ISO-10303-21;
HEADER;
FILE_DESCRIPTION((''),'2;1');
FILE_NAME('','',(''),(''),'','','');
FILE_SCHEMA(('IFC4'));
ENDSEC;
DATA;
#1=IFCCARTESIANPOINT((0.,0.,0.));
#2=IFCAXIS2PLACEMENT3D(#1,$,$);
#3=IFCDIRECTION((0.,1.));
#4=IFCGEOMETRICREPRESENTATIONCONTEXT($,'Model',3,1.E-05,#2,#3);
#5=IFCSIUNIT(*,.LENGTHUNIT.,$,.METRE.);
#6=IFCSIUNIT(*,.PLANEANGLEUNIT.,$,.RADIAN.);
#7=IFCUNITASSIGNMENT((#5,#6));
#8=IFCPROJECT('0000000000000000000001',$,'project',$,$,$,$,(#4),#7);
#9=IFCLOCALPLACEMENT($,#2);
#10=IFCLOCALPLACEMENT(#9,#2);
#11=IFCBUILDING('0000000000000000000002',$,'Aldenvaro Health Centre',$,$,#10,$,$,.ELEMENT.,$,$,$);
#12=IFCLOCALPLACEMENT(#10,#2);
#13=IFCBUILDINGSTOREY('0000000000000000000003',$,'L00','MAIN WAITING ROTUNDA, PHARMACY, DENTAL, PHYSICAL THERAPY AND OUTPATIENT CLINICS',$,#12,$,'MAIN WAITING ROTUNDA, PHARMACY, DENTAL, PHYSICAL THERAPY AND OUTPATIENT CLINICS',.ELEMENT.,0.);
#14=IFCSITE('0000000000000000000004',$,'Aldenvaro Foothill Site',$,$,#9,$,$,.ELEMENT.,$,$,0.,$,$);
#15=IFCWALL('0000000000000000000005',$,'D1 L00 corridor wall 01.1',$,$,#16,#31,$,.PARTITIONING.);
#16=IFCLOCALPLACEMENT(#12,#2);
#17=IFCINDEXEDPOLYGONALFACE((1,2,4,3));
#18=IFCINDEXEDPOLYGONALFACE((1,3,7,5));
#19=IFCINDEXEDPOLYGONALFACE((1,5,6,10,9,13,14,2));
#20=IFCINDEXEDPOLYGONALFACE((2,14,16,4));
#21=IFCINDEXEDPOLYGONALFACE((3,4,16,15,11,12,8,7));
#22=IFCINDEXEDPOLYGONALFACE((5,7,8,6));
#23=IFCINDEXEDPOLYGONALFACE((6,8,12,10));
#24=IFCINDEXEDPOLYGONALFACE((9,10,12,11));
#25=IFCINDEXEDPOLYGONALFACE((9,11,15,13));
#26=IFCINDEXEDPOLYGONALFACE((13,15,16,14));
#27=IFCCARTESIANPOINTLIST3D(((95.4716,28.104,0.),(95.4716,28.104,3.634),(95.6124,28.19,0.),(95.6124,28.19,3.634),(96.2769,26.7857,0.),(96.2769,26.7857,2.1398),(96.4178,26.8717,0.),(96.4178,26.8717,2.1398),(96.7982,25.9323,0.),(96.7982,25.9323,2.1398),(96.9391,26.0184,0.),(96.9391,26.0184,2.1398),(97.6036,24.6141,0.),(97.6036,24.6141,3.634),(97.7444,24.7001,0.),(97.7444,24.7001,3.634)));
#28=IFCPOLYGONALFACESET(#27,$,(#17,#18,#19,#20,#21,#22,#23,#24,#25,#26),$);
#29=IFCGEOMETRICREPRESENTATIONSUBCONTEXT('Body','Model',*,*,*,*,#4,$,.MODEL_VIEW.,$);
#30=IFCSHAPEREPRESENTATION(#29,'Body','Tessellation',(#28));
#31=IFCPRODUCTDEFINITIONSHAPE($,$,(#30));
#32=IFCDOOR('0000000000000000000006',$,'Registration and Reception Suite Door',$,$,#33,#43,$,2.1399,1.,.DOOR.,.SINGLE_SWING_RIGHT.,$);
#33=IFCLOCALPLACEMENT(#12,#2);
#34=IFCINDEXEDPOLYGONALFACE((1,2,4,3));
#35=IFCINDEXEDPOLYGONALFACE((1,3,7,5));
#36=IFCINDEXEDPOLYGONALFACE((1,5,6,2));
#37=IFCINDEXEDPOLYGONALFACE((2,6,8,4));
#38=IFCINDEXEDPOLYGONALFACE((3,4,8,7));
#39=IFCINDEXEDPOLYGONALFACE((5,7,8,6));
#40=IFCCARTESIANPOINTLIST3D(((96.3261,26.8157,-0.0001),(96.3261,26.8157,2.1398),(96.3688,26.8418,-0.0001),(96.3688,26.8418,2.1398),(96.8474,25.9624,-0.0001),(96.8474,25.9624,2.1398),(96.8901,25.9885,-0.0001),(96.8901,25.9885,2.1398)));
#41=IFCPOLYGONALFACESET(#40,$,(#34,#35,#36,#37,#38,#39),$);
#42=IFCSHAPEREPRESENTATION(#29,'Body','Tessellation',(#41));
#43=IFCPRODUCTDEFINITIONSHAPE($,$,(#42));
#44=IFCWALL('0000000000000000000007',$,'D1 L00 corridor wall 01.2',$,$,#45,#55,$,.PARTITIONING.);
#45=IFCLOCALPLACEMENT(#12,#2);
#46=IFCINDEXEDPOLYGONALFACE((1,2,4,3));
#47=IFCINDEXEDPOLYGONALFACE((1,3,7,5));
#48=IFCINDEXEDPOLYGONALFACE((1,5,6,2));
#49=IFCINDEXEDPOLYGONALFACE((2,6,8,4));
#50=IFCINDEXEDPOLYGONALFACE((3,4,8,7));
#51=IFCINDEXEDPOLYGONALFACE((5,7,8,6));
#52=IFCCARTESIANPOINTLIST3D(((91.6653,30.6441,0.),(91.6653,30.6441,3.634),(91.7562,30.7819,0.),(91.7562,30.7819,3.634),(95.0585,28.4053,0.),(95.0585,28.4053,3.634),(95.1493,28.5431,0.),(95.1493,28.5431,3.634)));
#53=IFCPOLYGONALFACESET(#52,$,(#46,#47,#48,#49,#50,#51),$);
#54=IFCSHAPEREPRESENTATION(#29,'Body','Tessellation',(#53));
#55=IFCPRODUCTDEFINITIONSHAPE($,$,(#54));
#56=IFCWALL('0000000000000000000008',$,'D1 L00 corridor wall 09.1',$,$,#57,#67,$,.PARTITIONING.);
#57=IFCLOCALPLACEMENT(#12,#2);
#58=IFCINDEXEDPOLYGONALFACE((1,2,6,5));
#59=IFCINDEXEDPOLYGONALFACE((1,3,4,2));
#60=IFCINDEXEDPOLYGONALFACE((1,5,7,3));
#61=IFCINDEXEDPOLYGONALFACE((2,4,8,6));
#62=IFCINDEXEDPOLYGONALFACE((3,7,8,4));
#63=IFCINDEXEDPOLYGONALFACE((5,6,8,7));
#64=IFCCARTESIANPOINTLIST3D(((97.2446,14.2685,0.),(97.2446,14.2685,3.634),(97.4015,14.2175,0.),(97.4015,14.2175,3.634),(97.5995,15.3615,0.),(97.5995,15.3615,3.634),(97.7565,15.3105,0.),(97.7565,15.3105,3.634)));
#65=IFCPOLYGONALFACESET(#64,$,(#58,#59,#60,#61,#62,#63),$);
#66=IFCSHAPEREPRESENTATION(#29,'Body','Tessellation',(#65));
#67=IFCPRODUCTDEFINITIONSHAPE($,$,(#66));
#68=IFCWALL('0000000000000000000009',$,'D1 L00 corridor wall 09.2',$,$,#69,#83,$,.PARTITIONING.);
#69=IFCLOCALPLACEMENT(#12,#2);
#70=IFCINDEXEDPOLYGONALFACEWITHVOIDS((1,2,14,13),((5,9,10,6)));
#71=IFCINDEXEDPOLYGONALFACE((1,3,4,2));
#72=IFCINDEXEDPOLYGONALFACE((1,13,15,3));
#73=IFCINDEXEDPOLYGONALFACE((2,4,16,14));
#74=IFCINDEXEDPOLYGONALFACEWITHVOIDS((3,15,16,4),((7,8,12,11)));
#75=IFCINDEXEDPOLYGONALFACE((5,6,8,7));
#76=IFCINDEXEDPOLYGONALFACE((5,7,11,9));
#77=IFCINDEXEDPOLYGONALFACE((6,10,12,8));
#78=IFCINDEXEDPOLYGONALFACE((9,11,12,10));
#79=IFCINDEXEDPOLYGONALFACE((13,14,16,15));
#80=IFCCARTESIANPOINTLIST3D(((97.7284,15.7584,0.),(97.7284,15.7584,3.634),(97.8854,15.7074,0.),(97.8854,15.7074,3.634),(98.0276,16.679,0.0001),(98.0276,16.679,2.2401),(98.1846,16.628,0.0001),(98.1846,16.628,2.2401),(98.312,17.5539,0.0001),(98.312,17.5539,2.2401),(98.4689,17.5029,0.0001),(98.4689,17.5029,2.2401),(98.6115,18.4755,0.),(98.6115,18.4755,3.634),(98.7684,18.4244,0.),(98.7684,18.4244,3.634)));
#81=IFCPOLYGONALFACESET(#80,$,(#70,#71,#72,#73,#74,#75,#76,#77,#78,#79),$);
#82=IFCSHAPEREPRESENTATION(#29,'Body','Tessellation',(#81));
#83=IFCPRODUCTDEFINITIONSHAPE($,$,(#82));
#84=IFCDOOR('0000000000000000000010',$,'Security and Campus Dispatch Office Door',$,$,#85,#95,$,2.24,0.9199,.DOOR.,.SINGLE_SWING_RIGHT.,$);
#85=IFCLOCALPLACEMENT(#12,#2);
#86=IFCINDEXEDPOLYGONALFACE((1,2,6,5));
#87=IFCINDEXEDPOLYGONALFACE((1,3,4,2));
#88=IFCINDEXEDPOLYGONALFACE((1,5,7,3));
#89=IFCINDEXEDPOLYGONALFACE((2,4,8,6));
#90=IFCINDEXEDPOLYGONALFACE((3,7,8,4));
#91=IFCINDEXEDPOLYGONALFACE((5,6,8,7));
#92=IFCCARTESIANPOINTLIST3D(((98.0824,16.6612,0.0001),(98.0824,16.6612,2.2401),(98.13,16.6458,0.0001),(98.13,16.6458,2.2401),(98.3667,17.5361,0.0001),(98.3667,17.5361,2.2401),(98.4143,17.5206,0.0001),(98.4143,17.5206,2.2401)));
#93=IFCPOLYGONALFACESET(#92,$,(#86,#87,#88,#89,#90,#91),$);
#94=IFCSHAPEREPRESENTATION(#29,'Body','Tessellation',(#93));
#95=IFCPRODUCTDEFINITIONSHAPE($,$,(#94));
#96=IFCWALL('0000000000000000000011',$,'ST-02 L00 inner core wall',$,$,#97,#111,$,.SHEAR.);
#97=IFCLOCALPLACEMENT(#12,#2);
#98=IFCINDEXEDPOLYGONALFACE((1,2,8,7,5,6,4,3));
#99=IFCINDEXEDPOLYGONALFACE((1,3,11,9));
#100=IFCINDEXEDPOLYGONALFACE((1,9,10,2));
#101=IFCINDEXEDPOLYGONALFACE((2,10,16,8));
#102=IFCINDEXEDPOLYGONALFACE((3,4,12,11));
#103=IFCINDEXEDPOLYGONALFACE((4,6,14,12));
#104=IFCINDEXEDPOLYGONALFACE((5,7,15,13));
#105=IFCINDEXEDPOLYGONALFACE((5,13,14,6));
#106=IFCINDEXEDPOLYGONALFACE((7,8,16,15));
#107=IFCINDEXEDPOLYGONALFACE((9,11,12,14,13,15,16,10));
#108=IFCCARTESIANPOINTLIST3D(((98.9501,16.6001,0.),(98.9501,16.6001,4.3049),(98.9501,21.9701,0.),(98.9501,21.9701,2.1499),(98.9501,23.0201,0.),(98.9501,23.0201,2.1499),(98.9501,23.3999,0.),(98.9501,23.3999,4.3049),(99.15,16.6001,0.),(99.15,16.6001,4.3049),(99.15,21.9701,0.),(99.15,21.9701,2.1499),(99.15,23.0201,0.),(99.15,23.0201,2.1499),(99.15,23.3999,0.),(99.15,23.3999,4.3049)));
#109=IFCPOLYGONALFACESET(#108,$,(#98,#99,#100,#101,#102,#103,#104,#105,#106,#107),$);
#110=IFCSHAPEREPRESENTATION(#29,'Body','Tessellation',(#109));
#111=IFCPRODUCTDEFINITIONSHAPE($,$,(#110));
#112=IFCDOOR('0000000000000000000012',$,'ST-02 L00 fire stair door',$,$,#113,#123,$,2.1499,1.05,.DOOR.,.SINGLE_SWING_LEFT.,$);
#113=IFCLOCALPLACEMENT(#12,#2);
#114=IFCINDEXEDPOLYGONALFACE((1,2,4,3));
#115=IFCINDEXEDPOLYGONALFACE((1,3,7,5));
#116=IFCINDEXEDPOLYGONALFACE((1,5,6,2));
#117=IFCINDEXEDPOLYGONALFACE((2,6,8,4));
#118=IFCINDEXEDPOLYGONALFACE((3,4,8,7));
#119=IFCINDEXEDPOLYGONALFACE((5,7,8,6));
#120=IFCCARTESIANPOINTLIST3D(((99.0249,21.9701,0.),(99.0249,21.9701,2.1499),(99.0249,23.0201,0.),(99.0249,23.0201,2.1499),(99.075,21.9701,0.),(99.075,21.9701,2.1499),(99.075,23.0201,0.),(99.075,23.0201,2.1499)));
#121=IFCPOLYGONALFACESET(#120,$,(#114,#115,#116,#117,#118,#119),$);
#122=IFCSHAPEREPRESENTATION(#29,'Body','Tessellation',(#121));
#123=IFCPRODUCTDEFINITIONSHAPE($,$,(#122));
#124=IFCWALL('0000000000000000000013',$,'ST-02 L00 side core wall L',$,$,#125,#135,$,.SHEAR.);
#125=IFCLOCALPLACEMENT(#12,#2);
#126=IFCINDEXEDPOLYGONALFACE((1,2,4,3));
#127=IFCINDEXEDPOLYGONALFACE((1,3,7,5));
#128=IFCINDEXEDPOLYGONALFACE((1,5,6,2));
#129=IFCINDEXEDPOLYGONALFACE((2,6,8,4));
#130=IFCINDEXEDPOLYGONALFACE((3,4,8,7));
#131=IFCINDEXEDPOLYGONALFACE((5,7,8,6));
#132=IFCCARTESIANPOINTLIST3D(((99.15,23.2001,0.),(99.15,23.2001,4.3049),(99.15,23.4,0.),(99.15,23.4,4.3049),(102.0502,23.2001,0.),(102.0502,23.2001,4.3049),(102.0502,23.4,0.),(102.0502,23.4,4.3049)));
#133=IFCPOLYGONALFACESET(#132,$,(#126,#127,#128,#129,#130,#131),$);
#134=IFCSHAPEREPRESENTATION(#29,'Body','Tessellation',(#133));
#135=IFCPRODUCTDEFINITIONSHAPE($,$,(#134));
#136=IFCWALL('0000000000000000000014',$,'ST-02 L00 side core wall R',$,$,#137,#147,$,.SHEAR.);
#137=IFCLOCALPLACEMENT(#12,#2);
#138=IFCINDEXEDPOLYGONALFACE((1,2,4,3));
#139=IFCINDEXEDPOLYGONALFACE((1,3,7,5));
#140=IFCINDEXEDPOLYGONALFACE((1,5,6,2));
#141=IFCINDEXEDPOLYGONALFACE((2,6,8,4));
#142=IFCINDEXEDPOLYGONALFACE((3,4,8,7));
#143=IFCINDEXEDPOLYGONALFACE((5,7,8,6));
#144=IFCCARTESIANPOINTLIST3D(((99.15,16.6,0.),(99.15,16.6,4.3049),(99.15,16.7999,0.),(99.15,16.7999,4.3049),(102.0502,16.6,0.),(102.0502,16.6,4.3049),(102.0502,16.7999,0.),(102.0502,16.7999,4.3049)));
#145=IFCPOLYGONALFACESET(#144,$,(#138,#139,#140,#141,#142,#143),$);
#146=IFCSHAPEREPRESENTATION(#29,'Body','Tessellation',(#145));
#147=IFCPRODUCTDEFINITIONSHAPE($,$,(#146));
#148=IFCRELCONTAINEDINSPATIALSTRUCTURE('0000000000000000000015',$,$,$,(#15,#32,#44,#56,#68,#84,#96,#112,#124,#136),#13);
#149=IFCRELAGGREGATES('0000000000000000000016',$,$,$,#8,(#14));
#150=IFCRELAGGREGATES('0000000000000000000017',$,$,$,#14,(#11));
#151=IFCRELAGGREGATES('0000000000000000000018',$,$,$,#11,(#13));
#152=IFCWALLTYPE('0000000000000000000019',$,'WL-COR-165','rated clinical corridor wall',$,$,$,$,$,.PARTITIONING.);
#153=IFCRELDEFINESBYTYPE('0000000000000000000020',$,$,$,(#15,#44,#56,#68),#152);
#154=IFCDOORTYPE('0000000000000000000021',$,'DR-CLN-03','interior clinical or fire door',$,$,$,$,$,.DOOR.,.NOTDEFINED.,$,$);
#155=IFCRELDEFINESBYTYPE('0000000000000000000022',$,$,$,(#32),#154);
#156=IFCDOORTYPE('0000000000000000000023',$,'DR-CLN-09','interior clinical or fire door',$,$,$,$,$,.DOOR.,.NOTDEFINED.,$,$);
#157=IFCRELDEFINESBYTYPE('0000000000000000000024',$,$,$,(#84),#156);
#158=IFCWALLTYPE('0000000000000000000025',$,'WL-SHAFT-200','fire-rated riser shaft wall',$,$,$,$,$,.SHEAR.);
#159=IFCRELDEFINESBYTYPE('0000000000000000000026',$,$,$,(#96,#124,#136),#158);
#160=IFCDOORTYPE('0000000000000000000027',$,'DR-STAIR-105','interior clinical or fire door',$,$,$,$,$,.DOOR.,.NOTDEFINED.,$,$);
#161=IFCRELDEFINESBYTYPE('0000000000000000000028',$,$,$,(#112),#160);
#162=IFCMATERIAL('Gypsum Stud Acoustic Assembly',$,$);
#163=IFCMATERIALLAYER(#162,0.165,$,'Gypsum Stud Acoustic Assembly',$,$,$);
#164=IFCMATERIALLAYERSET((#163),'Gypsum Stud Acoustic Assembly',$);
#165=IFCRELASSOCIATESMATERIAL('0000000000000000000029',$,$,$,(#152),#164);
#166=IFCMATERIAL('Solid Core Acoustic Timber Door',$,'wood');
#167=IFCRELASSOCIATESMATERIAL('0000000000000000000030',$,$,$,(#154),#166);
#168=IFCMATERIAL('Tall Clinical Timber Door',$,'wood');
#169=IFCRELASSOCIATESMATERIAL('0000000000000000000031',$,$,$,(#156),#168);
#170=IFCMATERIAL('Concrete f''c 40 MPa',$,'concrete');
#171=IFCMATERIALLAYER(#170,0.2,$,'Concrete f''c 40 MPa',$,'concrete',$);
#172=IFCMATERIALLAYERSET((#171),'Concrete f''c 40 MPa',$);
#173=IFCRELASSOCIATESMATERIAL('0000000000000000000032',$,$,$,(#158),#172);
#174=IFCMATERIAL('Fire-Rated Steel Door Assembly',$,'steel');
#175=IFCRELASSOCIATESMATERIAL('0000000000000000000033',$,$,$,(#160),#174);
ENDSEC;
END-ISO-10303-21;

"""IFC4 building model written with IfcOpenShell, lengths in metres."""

from ifc_helpers import new_model, si_unit, direction, frame, frame_2d, origin, place, context, subcontext, project, spatial, rectangle, extrude, material, layer, layer_set, type_object, element, fill, save


model = new_model("IFC4")

# Units and contexts
model_context = context("Model", 3, precision=1e-05, world=origin(), true_north=direction((0.0, 1.0)))
body_context = subcontext(model_context, "Body", "Model", "MODEL_VIEW")
ifc_project = project(units=[si_unit("LENGTHUNIT", "METRE"), si_unit("PLANEANGLEUNIT", "RADIAN")], contexts=[model_context])

# Site, building, storey
site_placement = place(None, origin())
site = spatial("IfcSite", under=ifc_project, at=site_placement, Name="Aldenvaro Foothill Site", CompositionType="ELEMENT", RefElevation=0.0)
building_placement = place(site_placement, origin())
building = spatial("IfcBuilding", under=site, at=building_placement, Name="Aldenvaro Health Centre", CompositionType="ELEMENT")
storey_placement = place(building_placement, origin())
storey = spatial("IfcBuildingStorey", under=building, at=storey_placement, Name="L00", Description="MAIN WAITING ROTUNDA, PHARMACY, DENTAL, PHYSICAL THERAPY AND OUTPATIENT CLINICS", LongName="MAIN WAITING ROTUNDA, PHARMACY, DENTAL, PHYSICAL THERAPY AND OUTPATIENT CLINICS", CompositionType="ELEMENT", Elevation=0.0)

# Shared definitions
ifc_material_1 = material(Name="Concrete f'c 40 MPa", Category="concrete")

# Shared definitions
ifc_material_2 = material(Name="Gypsum Stud Acoustic Assembly")

# Shared definitions
ifc_layer_1 = layer(ifc_material_2, 0.165, Name="Gypsum Stud Acoustic Assembly")
ifc_layer_set_1 = layer_set([ifc_layer_1], Name="Gypsum Stud Acoustic Assembly")
wall_type_1 = type_object("IfcWallType", Name="WL-COR-165", Description="rated clinical corridor wall", PredefinedType="PARTITIONING", material=ifc_layer_set_1)

# Wall, opening, door
wall_1_placement = place(storey_placement, frame((97.6741, 24.657, 0.0), z_axis=(0.0, 0.0, 1.0), x_axis=(-0.521327, 0.853357, 0.0)))
wall_1 = element("IfcWall", 1, at=wall_1_placement, inside=storey, type_object=wall_type_1, Name="D1 L00 corridor wall 01.1", PredefinedType="PARTITIONING", context=body_context, shape_type="SweptSolid", body=[
    extrude(rectangle(XDim=4.0896, YDim=0.165, at=frame_2d((2.0449, 0.0))), origin(), (0.0, 0.0, 1.0), 3.634),
])
opening_1_placement = place(wall_1_placement, frame((1.5449, 0.0, 0.0)))
opening_1 = element("IfcOpeningElement", 2, at=opening_1_placement, cuts=wall_1, PredefinedType="OPENING", context=body_context, shape_type="SweptSolid", body=[
    extrude(rectangle(XDim=1.0, YDim=2.1399, at=frame_2d((0.5, 1.0698))), frame((0.0, 0.0925, 0.0), z_axis=(0.0, -1.0, 0.0), x_axis=(1.0, 0.0, 0.0)), (0.0, 0.0, 1.0), 0.1851),
])
ifc_material_3 = material(Name="Solid Core Acoustic Timber Door", Category="wood")
door_type_1 = type_object("IfcDoorType", Name="DR-CLN-03", Description="interior clinical or fire door", OperationType="NOTDEFINED", PredefinedType="DOOR", material=ifc_material_3)
door_1_placement = place(opening_1_placement, origin())
door_1 = element("IfcDoor", 3, at=door_1_placement, inside=storey, type_object=door_type_1, Name="Registration and Reception Suite Door", OperationType="SINGLE_SWING_RIGHT", OverallHeight=2.1399, OverallWidth=1.0, PredefinedType="DOOR", context=body_context, shape_type="SweptSolid", body=[
    extrude(rectangle(XDim=1.0, YDim=2.1399, at=frame_2d((0.5, 1.0698))), frame((0.0, 0.0249, 0.0), z_axis=(0.0, -1.0, 0.0), x_axis=(1.0, 0.0, 0.0)), (0.0, 0.0, 1.0), 0.05),
])
fill(opening_1, door_1)

# Walls
wall_2_placement = place(storey_placement, frame((95.104, 28.4741, 0.0), z_axis=(0.0, 0.0, 1.0), x_axis=(-0.834683, 0.55073, 0.0)))
element("IfcWall", 4, at=wall_2_placement, inside=storey, type_object=wall_type_1, Name="D1 L00 corridor wall 01.2", PredefinedType="PARTITIONING", context=body_context, shape_type="SweptSolid", body=[
    extrude(rectangle(XDim=4.0652, YDim=0.165, at=frame_2d((2.0327, 0.0))), origin(), (0.0, 0.0, 1.0), 3.634),
])
wall_3_placement = place(storey_placement, frame((97.323, 14.2429, 0.0), z_axis=(0.0, 0.0, 1.0), x_axis=(0.308889, 0.951098, 0.0)))
element("IfcWall", 5, at=wall_3_placement, inside=storey, type_object=wall_type_1, Name="D1 L00 corridor wall 09.1", PredefinedType="PARTITIONING", context=body_context, shape_type="SweptSolid", body=[
    extrude(rectangle(XDim=1.1492, YDim=0.165, at=frame_2d((0.5747, 0.0))), origin(), (0.0, 0.0, 1.0), 3.634),
])

# Walls, openings, doors
wall_4_placement = place(storey_placement, frame((97.8069, 15.7329, 0.0), z_axis=(0.0, 0.0, 1.0), x_axis=(0.309092, 0.951032, 0.0)))
wall_4 = element("IfcWall", 6, at=wall_4_placement, inside=storey, type_object=wall_type_1, Name="D1 L00 corridor wall 09.2", PredefinedType="PARTITIONING", context=body_context, shape_type="SweptSolid", body=[
    extrude(rectangle(XDim=2.8569, YDim=0.165, at=frame_2d((1.4285, 0.0))), origin(), (0.0, 0.0, 1.0), 3.634),
])
opening_2_placement = place(wall_4_placement, frame((0.968, 0.0, 0.0)))
opening_2 = element("IfcOpeningElement", 7, at=opening_2_placement, cuts=wall_4, PredefinedType="OPENING", context=body_context, shape_type="SweptSolid", body=[
    extrude(rectangle(XDim=0.9199, YDim=2.24, at=frame_2d((0.46, 1.1201))), frame((0.0, 0.0925, 0.0), z_axis=(0.0, -1.0, 0.0), x_axis=(1.0, 0.0, 0.0)), (0.0, 0.0, 1.0), 0.1851),
])
ifc_material_4 = material(Name="Tall Clinical Timber Door", Category="wood")
door_type_2 = type_object("IfcDoorType", Name="DR-CLN-09", Description="interior clinical or fire door", OperationType="NOTDEFINED", PredefinedType="DOOR", material=ifc_material_4)
door_2_placement = place(opening_2_placement, origin())
door_2 = element("IfcDoor", 8, at=door_2_placement, inside=storey, type_object=door_type_2, Name="Security and Campus Dispatch Office Door", OperationType="SINGLE_SWING_RIGHT", OverallHeight=2.24, OverallWidth=0.9199, PredefinedType="DOOR", context=body_context, shape_type="SweptSolid", body=[
    extrude(rectangle(XDim=0.9199, YDim=2.24, at=frame_2d((0.46, 1.1201))), frame((0.0, 0.0249, 0.0), z_axis=(0.0, -1.0, 0.0), x_axis=(1.0, 0.0, 0.0)), (0.0, 0.0, 1.0), 0.05),
])
fill(opening_2, door_2)
ifc_layer_2 = layer(ifc_material_1, 0.2, Name="Concrete f'c 40 MPa", Category="concrete")
ifc_layer_set_2 = layer_set([ifc_layer_2], Name="Concrete f'c 40 MPa")
wall_type_2 = type_object("IfcWallType", Name="WL-SHAFT-200", Description="fire-rated riser shaft wall", PredefinedType="SHEAR", material=ifc_layer_set_2)
wall_5_placement = place(storey_placement, frame((99.05, 23.3999, 0.0), z_axis=(0.0, 0.0, 1.0), x_axis=(0.0, -1.0, 0.0)))
wall_5 = element("IfcWall", 9, at=wall_5_placement, inside=storey, type_object=wall_type_2, Name="ST-02 L00 inner core wall", PredefinedType="SHEAR", context=body_context, shape_type="SweptSolid", body=[
    extrude(rectangle(XDim=6.7998, YDim=0.2, at=frame_2d((3.3999, 0.0))), origin(), (0.0, 0.0, 1.0), 4.3049),
])
opening_3_placement = place(wall_5_placement, frame((0.3799, 0.0, 0.0)))
opening_3 = element("IfcOpeningElement", 10, at=opening_3_placement, cuts=wall_5, PredefinedType="OPENING", context=body_context, shape_type="SweptSolid", body=[
    extrude(rectangle(XDim=1.05, YDim=2.1499, at=frame_2d((0.5249, 1.075))), frame((0.0, 0.1099, 0.0), z_axis=(0.0, -1.0, 0.0), x_axis=(1.0, 0.0, 0.0)), (0.0, 0.0, 1.0), 0.22),
])
ifc_material_5 = material(Name="Fire-Rated Steel Door Assembly", Category="steel")
door_type_3 = type_object("IfcDoorType", Name="DR-STAIR-105", Description="interior clinical or fire door", OperationType="NOTDEFINED", PredefinedType="DOOR", material=ifc_material_5)
door_3_placement = place(opening_3_placement, origin())
door_3 = element("IfcDoor", 11, at=door_3_placement, inside=storey, type_object=door_type_3, Name="ST-02 L00 fire stair door", OperationType="SINGLE_SWING_LEFT", OverallHeight=2.1499, OverallWidth=1.05, PredefinedType="DOOR", context=body_context, shape_type="SweptSolid", body=[
    extrude(rectangle(XDim=1.05, YDim=2.1499, at=frame_2d((0.5249, 1.075))), frame((0.0, 0.0249, 0.0), z_axis=(0.0, -1.0, 0.0), x_axis=(1.0, 0.0, 0.0)), (0.0, 0.0, 1.0), 0.05),
])
fill(opening_3, door_3)

# Walls
for number, where, z_axis, x_axis, name in (
    (12, (99.1499, 23.3, 0.0), (0.0, 0.0, 1.0), (1.0, 0.0, 0.0), "ST-02 L00 side core wall L"),
    (13, (99.1499, 16.7, 0.0), (0.0, 0.0, 1.0), (1.0, 0.0, 0.0), "ST-02 L00 side core wall R"),
):
    element("IfcWall", number, at=place(storey_placement, frame(where, z_axis=z_axis, x_axis=x_axis)), inside=storey, type_object=wall_type_2, Name=name, PredefinedType="SHEAR", context=body_context, shape_type="SweptSolid", body=[
        extrude(rectangle(XDim=2.9001, YDim=0.2, at=frame_2d((1.4502, 0.0))), origin(), (0.0, 0.0, 1.0), 4.3049),
    ])

save(model, "model.ifc")
